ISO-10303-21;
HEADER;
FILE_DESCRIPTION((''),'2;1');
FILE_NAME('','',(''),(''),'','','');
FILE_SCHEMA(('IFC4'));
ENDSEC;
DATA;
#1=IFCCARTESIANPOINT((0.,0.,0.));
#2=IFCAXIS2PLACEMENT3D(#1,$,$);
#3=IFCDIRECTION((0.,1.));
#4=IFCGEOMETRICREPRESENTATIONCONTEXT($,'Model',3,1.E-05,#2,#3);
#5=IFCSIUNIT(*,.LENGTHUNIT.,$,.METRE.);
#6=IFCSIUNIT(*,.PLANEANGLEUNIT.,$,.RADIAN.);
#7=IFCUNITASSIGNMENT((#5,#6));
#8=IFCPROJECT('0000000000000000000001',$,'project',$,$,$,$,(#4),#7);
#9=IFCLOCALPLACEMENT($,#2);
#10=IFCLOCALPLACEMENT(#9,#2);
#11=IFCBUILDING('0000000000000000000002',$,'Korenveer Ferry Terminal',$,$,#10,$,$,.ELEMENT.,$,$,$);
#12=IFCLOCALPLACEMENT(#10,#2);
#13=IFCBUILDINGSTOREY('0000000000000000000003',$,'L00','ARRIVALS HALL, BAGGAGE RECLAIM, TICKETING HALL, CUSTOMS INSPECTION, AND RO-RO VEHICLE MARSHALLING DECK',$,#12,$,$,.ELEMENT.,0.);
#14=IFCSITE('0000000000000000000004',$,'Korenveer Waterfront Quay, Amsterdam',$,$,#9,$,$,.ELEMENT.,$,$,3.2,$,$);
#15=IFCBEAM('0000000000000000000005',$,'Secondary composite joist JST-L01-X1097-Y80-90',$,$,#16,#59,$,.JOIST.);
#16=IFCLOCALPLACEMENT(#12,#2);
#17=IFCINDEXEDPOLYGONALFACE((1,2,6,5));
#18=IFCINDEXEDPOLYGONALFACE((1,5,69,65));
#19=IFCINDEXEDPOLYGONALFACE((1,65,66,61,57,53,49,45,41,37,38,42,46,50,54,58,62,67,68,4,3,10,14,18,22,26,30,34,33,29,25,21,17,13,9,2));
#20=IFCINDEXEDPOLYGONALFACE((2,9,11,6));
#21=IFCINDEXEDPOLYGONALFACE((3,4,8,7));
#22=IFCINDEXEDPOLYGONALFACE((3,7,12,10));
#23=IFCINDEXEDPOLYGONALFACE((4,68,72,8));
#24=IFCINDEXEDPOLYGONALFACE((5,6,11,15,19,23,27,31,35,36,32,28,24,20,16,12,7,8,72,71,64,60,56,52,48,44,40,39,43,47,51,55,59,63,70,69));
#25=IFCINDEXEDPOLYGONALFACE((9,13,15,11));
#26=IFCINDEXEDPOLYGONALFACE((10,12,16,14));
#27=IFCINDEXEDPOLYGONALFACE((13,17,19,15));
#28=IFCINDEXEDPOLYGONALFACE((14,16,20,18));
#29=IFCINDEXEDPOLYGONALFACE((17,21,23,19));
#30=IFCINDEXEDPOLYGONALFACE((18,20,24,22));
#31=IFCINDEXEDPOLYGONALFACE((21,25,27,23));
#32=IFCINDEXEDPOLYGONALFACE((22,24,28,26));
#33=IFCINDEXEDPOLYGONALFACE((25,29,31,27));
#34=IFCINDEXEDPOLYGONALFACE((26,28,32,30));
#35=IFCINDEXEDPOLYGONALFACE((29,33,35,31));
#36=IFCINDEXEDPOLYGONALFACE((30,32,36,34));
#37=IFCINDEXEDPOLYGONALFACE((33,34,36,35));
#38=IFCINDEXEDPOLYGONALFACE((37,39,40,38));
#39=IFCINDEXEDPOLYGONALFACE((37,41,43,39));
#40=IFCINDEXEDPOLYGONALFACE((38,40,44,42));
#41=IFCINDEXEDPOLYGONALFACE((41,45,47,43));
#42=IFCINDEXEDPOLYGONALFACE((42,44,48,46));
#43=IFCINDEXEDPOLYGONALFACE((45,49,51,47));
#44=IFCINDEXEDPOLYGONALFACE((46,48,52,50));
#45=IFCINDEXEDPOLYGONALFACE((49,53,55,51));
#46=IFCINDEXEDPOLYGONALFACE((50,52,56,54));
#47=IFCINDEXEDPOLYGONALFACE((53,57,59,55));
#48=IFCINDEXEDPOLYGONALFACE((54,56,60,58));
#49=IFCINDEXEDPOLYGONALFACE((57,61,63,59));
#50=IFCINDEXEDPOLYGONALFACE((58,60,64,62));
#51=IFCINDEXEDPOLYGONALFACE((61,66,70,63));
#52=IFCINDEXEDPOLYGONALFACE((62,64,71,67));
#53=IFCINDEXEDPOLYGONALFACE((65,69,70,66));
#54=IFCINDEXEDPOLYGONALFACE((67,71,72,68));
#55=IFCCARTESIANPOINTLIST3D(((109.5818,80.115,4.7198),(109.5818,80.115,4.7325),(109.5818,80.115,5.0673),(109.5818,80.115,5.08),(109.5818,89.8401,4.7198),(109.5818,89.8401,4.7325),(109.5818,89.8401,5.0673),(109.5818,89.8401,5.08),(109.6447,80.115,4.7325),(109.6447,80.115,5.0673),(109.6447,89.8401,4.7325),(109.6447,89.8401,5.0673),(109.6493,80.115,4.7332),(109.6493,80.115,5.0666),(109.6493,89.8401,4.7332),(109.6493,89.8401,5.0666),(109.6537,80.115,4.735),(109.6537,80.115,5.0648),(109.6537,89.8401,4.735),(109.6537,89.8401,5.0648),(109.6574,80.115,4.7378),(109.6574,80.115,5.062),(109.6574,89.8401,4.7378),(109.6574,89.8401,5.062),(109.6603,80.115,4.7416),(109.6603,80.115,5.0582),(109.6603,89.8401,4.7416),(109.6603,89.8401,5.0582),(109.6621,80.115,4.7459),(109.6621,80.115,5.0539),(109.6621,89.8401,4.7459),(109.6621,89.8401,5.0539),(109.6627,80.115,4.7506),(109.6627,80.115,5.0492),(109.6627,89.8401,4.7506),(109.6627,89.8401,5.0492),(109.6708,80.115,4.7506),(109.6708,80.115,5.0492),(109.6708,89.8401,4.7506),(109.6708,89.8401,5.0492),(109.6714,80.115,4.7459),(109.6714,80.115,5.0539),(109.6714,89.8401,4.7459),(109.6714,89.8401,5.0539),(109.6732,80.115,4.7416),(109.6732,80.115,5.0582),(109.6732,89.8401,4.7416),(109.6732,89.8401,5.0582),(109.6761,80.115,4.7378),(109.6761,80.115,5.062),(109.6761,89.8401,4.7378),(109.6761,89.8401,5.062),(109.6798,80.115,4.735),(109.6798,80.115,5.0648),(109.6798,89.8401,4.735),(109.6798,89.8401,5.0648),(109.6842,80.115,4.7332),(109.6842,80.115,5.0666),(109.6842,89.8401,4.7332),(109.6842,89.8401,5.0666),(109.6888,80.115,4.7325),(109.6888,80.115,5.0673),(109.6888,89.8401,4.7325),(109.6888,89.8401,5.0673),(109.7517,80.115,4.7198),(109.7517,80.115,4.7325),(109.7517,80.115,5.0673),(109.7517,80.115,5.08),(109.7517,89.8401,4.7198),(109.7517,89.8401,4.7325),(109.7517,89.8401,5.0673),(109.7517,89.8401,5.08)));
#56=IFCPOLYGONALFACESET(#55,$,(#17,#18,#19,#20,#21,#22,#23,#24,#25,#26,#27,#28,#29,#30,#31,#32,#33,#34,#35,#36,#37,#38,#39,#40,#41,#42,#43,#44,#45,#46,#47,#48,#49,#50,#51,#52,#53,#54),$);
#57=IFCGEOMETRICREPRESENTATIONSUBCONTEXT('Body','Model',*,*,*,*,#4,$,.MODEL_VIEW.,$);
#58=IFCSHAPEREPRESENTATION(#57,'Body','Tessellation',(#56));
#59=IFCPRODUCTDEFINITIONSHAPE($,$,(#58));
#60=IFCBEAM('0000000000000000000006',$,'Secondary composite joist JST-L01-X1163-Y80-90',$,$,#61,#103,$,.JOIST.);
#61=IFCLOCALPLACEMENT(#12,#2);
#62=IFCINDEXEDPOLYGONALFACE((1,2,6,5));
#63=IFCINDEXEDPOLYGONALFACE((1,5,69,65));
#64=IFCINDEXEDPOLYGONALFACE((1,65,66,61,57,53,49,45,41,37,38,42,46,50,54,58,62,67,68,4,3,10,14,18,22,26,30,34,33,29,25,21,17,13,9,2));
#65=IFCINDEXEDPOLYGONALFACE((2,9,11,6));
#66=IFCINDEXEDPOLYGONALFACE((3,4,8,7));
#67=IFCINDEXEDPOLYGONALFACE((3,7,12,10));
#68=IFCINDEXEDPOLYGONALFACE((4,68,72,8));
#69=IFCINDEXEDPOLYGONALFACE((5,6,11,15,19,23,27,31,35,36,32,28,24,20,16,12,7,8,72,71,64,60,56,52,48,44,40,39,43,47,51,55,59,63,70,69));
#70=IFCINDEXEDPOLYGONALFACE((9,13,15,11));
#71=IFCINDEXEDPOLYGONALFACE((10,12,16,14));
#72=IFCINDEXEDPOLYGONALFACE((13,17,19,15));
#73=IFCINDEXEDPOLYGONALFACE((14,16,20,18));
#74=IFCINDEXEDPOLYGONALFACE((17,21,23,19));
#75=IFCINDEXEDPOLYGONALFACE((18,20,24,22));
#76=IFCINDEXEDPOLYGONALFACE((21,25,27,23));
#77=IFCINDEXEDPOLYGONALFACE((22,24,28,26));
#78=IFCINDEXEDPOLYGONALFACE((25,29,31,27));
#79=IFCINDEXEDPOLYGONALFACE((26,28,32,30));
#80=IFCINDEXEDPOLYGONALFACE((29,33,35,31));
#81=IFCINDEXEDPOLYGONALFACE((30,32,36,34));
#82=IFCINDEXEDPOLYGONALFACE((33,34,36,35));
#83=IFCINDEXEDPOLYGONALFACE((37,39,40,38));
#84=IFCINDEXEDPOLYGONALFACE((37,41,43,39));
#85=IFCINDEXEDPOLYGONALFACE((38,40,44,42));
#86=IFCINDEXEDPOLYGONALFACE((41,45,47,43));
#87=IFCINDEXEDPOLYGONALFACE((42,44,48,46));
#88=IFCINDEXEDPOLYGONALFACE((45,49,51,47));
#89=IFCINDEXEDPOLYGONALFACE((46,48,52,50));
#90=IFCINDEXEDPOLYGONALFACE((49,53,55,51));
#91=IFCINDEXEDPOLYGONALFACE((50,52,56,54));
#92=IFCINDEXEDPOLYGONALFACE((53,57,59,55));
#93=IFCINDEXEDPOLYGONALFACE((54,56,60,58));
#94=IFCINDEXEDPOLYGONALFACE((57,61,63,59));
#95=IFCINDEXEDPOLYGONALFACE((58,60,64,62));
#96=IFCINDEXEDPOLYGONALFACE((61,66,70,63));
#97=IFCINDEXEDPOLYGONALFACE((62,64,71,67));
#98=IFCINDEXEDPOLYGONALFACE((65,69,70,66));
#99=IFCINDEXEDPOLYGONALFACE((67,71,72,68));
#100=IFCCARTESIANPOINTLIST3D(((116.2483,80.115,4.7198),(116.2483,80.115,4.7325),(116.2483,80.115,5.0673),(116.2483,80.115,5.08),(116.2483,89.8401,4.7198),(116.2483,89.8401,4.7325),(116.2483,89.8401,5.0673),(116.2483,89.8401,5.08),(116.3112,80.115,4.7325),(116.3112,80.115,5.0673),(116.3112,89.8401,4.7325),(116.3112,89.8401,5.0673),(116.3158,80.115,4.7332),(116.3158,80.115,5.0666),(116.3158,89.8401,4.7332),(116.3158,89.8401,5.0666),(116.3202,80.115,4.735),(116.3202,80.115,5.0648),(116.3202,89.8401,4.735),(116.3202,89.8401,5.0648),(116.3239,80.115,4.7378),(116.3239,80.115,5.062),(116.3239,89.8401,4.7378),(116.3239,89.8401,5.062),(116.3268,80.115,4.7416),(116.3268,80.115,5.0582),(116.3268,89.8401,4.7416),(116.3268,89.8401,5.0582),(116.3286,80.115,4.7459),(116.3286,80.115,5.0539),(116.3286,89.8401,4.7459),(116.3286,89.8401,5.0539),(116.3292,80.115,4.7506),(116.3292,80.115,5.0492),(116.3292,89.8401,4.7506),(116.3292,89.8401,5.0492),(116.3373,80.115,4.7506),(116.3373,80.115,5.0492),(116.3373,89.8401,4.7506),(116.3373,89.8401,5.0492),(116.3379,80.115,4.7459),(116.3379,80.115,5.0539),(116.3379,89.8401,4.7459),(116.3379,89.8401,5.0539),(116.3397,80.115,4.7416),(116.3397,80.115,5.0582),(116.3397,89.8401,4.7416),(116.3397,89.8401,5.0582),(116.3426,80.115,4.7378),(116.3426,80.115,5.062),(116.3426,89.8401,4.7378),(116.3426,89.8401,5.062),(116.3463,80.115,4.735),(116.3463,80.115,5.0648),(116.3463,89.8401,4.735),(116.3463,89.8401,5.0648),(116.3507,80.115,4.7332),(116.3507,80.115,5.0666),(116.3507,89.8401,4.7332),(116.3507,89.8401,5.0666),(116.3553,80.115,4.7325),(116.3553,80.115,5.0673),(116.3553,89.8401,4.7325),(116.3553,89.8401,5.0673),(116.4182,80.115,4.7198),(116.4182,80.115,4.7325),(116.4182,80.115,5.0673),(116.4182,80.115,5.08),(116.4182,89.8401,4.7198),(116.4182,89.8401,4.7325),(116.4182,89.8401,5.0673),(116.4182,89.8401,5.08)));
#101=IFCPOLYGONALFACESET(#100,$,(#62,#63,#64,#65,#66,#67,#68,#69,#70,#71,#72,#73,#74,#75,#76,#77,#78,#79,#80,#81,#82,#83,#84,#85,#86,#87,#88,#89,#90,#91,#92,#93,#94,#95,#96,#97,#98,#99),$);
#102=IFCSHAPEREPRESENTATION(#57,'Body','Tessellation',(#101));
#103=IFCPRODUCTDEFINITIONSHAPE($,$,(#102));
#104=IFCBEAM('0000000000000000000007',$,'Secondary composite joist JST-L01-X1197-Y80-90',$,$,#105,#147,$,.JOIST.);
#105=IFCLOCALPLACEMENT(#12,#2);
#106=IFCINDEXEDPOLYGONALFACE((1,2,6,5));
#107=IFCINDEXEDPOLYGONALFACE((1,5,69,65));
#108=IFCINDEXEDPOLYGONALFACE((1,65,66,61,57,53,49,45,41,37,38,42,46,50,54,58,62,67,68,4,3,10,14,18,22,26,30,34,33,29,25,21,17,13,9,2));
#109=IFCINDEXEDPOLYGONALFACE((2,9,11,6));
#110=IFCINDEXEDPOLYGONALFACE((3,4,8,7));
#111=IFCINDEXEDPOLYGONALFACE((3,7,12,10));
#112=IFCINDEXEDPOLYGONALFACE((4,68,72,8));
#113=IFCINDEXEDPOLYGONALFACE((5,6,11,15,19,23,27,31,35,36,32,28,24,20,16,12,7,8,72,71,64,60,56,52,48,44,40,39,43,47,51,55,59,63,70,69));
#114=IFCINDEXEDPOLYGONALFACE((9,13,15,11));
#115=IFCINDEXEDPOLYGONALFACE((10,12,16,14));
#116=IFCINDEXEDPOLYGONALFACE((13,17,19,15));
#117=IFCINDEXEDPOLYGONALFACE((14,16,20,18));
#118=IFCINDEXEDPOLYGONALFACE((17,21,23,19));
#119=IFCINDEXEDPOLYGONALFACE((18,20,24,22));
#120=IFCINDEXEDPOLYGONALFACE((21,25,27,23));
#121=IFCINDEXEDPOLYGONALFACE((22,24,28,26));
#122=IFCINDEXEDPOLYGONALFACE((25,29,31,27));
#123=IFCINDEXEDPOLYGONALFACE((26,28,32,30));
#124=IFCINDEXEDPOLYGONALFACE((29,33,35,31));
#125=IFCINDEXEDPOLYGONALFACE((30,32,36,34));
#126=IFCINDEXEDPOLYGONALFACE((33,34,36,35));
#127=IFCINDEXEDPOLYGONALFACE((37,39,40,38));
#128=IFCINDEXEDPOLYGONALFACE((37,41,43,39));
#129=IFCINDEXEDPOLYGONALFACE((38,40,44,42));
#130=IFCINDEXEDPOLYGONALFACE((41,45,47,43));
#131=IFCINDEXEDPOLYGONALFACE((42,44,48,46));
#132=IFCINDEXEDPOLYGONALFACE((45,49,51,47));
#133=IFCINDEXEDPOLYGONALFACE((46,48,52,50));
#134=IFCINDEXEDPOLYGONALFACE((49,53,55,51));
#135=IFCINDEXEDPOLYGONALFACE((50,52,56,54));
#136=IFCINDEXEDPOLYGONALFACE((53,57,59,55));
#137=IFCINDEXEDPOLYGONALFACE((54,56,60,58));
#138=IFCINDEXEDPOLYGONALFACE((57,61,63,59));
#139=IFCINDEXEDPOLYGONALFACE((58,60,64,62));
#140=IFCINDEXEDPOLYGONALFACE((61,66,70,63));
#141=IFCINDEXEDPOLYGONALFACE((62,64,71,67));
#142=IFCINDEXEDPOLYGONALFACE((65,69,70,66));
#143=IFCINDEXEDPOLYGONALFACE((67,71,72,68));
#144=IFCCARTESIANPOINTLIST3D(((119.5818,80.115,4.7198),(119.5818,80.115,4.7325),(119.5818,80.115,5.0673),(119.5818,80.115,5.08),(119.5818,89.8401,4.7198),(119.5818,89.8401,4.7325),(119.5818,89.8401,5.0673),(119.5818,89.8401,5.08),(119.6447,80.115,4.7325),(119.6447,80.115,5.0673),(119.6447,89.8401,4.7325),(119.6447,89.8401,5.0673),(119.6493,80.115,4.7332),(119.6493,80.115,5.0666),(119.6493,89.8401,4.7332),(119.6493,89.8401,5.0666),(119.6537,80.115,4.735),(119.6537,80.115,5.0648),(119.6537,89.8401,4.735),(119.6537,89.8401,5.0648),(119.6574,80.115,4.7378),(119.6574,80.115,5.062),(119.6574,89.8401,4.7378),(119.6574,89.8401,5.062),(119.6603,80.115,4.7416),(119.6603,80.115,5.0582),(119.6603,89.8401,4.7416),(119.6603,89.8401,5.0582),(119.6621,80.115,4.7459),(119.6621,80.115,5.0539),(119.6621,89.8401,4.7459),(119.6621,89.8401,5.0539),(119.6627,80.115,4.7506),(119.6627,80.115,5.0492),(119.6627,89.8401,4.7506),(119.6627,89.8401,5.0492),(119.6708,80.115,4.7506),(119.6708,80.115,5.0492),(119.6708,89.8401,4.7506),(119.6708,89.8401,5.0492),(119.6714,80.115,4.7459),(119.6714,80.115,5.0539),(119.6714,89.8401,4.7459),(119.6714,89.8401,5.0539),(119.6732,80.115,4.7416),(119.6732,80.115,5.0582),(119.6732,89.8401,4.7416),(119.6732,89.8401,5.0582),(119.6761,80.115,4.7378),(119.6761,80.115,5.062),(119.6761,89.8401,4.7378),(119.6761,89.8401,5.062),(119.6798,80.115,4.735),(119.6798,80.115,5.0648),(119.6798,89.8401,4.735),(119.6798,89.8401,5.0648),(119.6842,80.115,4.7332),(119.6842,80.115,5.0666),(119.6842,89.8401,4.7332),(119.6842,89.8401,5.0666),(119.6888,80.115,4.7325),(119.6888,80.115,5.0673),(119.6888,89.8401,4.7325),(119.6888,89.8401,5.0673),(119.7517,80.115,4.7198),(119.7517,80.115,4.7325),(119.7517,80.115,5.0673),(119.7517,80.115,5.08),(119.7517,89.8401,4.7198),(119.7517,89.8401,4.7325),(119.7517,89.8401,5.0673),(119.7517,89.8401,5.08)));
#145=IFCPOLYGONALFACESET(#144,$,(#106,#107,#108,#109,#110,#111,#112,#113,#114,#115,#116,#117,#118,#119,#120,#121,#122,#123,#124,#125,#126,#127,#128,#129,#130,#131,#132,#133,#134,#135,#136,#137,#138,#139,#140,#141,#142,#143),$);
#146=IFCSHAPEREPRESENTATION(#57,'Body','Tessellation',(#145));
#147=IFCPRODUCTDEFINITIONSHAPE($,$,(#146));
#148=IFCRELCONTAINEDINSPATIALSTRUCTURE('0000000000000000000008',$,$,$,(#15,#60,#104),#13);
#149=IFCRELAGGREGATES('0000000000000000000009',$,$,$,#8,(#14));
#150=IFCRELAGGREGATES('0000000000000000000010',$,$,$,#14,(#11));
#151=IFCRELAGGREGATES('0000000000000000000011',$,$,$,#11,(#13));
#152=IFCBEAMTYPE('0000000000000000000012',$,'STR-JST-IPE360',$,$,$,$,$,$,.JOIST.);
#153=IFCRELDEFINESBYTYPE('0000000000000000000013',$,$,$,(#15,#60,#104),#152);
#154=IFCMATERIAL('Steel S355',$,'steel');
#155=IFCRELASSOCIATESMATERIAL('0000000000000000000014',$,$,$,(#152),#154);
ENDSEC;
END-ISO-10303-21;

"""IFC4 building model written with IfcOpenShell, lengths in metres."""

from ifc_helpers import new_model, si_unit, direction, frame, origin, origin_2d, place, context, subcontext, project, spatial, i_section, extrude, material, material_profile, profile_set, type_object, element, save


model = new_model("IFC4")

# Units and contexts
model_context = context("Model", 3, precision=1e-05, world=origin(), true_north=direction((0.0, 1.0)))
body_context = subcontext(model_context, "Body", "Model", "MODEL_VIEW")
ifc_project = project(units=[si_unit("LENGTHUNIT", "METRE"), si_unit("PLANEANGLEUNIT", "RADIAN")], contexts=[model_context])

# Site, building, storey
site_placement = place(None, origin())
site = spatial("IfcSite", under=ifc_project, at=site_placement, Name="Korenveer Waterfront Quay, Amsterdam", CompositionType="ELEMENT", RefElevation=3.2)
building_placement = place(site_placement, origin())
building = spatial("IfcBuilding", under=site, at=building_placement, Name="Korenveer Ferry Terminal", CompositionType="ELEMENT")
storey_placement = place(building_placement, origin())
storey = spatial("IfcBuildingStorey", under=building, at=storey_placement, Name="L00", Description="ARRIVALS HALL, BAGGAGE RECLAIM, TICKETING HALL, CUSTOMS INSPECTION, AND RO-RO VEHICLE MARSHALLING DECK", CompositionType="ELEMENT", Elevation=0.0)

# Shared definitions
ifc_material_1 = material(Name="Steel S355", Category="steel")

# Beams
ifc_material_profile_1 = material_profile(ifc_material_1, i_section(OverallWidth=0.1699, OverallDepth=0.3601, WebThickness=0.0081, FlangeThickness=0.0127, FilletRadius=0.0181, at=origin_2d()), Name="IPE 360")
ifc_profile_set_1 = profile_set([ifc_material_profile_1], Name="Steel S355")
beam_type_1 = type_object("IfcBeamType", Name="STR-JST-IPE360", PredefinedType="JOIST", material=ifc_profile_set_1)
for number, where, z_axis, x_axis, name in (
    (1, (109.6667, 80.115, 4.8999), (0.0, 1.0, 0.0), (-1.0, 0.0, 0.0), "Secondary composite joist JST-L01-X1097-Y80-90"),
    (2, (116.3333, 80.115, 4.8999), (0.0, 1.0, 0.0), (-1.0, 0.0, 0.0), "Secondary composite joist JST-L01-X1163-Y80-90"),
    (3, (119.6667, 80.115, 4.8999), (0.0, 1.0, 0.0), (-1.0, 0.0, 0.0), "Secondary composite joist JST-L01-X1197-Y80-90"),
):
    element("IfcBeam", number, at=place(storey_placement, frame(where, z_axis=z_axis, x_axis=x_axis)), inside=storey, type_object=beam_type_1, Name=name, PredefinedType="JOIST", context=body_context, shape_type="SweptSolid", body=[
        extrude(i_section(OverallWidth=0.1699, OverallDepth=0.3601, WebThickness=0.0081, FlangeThickness=0.0127, FilletRadius=0.0181, at=origin_2d()), origin(), (0.0, 0.0, 1.0), 9.7251),
    ])

save(model, "model.ifc")
